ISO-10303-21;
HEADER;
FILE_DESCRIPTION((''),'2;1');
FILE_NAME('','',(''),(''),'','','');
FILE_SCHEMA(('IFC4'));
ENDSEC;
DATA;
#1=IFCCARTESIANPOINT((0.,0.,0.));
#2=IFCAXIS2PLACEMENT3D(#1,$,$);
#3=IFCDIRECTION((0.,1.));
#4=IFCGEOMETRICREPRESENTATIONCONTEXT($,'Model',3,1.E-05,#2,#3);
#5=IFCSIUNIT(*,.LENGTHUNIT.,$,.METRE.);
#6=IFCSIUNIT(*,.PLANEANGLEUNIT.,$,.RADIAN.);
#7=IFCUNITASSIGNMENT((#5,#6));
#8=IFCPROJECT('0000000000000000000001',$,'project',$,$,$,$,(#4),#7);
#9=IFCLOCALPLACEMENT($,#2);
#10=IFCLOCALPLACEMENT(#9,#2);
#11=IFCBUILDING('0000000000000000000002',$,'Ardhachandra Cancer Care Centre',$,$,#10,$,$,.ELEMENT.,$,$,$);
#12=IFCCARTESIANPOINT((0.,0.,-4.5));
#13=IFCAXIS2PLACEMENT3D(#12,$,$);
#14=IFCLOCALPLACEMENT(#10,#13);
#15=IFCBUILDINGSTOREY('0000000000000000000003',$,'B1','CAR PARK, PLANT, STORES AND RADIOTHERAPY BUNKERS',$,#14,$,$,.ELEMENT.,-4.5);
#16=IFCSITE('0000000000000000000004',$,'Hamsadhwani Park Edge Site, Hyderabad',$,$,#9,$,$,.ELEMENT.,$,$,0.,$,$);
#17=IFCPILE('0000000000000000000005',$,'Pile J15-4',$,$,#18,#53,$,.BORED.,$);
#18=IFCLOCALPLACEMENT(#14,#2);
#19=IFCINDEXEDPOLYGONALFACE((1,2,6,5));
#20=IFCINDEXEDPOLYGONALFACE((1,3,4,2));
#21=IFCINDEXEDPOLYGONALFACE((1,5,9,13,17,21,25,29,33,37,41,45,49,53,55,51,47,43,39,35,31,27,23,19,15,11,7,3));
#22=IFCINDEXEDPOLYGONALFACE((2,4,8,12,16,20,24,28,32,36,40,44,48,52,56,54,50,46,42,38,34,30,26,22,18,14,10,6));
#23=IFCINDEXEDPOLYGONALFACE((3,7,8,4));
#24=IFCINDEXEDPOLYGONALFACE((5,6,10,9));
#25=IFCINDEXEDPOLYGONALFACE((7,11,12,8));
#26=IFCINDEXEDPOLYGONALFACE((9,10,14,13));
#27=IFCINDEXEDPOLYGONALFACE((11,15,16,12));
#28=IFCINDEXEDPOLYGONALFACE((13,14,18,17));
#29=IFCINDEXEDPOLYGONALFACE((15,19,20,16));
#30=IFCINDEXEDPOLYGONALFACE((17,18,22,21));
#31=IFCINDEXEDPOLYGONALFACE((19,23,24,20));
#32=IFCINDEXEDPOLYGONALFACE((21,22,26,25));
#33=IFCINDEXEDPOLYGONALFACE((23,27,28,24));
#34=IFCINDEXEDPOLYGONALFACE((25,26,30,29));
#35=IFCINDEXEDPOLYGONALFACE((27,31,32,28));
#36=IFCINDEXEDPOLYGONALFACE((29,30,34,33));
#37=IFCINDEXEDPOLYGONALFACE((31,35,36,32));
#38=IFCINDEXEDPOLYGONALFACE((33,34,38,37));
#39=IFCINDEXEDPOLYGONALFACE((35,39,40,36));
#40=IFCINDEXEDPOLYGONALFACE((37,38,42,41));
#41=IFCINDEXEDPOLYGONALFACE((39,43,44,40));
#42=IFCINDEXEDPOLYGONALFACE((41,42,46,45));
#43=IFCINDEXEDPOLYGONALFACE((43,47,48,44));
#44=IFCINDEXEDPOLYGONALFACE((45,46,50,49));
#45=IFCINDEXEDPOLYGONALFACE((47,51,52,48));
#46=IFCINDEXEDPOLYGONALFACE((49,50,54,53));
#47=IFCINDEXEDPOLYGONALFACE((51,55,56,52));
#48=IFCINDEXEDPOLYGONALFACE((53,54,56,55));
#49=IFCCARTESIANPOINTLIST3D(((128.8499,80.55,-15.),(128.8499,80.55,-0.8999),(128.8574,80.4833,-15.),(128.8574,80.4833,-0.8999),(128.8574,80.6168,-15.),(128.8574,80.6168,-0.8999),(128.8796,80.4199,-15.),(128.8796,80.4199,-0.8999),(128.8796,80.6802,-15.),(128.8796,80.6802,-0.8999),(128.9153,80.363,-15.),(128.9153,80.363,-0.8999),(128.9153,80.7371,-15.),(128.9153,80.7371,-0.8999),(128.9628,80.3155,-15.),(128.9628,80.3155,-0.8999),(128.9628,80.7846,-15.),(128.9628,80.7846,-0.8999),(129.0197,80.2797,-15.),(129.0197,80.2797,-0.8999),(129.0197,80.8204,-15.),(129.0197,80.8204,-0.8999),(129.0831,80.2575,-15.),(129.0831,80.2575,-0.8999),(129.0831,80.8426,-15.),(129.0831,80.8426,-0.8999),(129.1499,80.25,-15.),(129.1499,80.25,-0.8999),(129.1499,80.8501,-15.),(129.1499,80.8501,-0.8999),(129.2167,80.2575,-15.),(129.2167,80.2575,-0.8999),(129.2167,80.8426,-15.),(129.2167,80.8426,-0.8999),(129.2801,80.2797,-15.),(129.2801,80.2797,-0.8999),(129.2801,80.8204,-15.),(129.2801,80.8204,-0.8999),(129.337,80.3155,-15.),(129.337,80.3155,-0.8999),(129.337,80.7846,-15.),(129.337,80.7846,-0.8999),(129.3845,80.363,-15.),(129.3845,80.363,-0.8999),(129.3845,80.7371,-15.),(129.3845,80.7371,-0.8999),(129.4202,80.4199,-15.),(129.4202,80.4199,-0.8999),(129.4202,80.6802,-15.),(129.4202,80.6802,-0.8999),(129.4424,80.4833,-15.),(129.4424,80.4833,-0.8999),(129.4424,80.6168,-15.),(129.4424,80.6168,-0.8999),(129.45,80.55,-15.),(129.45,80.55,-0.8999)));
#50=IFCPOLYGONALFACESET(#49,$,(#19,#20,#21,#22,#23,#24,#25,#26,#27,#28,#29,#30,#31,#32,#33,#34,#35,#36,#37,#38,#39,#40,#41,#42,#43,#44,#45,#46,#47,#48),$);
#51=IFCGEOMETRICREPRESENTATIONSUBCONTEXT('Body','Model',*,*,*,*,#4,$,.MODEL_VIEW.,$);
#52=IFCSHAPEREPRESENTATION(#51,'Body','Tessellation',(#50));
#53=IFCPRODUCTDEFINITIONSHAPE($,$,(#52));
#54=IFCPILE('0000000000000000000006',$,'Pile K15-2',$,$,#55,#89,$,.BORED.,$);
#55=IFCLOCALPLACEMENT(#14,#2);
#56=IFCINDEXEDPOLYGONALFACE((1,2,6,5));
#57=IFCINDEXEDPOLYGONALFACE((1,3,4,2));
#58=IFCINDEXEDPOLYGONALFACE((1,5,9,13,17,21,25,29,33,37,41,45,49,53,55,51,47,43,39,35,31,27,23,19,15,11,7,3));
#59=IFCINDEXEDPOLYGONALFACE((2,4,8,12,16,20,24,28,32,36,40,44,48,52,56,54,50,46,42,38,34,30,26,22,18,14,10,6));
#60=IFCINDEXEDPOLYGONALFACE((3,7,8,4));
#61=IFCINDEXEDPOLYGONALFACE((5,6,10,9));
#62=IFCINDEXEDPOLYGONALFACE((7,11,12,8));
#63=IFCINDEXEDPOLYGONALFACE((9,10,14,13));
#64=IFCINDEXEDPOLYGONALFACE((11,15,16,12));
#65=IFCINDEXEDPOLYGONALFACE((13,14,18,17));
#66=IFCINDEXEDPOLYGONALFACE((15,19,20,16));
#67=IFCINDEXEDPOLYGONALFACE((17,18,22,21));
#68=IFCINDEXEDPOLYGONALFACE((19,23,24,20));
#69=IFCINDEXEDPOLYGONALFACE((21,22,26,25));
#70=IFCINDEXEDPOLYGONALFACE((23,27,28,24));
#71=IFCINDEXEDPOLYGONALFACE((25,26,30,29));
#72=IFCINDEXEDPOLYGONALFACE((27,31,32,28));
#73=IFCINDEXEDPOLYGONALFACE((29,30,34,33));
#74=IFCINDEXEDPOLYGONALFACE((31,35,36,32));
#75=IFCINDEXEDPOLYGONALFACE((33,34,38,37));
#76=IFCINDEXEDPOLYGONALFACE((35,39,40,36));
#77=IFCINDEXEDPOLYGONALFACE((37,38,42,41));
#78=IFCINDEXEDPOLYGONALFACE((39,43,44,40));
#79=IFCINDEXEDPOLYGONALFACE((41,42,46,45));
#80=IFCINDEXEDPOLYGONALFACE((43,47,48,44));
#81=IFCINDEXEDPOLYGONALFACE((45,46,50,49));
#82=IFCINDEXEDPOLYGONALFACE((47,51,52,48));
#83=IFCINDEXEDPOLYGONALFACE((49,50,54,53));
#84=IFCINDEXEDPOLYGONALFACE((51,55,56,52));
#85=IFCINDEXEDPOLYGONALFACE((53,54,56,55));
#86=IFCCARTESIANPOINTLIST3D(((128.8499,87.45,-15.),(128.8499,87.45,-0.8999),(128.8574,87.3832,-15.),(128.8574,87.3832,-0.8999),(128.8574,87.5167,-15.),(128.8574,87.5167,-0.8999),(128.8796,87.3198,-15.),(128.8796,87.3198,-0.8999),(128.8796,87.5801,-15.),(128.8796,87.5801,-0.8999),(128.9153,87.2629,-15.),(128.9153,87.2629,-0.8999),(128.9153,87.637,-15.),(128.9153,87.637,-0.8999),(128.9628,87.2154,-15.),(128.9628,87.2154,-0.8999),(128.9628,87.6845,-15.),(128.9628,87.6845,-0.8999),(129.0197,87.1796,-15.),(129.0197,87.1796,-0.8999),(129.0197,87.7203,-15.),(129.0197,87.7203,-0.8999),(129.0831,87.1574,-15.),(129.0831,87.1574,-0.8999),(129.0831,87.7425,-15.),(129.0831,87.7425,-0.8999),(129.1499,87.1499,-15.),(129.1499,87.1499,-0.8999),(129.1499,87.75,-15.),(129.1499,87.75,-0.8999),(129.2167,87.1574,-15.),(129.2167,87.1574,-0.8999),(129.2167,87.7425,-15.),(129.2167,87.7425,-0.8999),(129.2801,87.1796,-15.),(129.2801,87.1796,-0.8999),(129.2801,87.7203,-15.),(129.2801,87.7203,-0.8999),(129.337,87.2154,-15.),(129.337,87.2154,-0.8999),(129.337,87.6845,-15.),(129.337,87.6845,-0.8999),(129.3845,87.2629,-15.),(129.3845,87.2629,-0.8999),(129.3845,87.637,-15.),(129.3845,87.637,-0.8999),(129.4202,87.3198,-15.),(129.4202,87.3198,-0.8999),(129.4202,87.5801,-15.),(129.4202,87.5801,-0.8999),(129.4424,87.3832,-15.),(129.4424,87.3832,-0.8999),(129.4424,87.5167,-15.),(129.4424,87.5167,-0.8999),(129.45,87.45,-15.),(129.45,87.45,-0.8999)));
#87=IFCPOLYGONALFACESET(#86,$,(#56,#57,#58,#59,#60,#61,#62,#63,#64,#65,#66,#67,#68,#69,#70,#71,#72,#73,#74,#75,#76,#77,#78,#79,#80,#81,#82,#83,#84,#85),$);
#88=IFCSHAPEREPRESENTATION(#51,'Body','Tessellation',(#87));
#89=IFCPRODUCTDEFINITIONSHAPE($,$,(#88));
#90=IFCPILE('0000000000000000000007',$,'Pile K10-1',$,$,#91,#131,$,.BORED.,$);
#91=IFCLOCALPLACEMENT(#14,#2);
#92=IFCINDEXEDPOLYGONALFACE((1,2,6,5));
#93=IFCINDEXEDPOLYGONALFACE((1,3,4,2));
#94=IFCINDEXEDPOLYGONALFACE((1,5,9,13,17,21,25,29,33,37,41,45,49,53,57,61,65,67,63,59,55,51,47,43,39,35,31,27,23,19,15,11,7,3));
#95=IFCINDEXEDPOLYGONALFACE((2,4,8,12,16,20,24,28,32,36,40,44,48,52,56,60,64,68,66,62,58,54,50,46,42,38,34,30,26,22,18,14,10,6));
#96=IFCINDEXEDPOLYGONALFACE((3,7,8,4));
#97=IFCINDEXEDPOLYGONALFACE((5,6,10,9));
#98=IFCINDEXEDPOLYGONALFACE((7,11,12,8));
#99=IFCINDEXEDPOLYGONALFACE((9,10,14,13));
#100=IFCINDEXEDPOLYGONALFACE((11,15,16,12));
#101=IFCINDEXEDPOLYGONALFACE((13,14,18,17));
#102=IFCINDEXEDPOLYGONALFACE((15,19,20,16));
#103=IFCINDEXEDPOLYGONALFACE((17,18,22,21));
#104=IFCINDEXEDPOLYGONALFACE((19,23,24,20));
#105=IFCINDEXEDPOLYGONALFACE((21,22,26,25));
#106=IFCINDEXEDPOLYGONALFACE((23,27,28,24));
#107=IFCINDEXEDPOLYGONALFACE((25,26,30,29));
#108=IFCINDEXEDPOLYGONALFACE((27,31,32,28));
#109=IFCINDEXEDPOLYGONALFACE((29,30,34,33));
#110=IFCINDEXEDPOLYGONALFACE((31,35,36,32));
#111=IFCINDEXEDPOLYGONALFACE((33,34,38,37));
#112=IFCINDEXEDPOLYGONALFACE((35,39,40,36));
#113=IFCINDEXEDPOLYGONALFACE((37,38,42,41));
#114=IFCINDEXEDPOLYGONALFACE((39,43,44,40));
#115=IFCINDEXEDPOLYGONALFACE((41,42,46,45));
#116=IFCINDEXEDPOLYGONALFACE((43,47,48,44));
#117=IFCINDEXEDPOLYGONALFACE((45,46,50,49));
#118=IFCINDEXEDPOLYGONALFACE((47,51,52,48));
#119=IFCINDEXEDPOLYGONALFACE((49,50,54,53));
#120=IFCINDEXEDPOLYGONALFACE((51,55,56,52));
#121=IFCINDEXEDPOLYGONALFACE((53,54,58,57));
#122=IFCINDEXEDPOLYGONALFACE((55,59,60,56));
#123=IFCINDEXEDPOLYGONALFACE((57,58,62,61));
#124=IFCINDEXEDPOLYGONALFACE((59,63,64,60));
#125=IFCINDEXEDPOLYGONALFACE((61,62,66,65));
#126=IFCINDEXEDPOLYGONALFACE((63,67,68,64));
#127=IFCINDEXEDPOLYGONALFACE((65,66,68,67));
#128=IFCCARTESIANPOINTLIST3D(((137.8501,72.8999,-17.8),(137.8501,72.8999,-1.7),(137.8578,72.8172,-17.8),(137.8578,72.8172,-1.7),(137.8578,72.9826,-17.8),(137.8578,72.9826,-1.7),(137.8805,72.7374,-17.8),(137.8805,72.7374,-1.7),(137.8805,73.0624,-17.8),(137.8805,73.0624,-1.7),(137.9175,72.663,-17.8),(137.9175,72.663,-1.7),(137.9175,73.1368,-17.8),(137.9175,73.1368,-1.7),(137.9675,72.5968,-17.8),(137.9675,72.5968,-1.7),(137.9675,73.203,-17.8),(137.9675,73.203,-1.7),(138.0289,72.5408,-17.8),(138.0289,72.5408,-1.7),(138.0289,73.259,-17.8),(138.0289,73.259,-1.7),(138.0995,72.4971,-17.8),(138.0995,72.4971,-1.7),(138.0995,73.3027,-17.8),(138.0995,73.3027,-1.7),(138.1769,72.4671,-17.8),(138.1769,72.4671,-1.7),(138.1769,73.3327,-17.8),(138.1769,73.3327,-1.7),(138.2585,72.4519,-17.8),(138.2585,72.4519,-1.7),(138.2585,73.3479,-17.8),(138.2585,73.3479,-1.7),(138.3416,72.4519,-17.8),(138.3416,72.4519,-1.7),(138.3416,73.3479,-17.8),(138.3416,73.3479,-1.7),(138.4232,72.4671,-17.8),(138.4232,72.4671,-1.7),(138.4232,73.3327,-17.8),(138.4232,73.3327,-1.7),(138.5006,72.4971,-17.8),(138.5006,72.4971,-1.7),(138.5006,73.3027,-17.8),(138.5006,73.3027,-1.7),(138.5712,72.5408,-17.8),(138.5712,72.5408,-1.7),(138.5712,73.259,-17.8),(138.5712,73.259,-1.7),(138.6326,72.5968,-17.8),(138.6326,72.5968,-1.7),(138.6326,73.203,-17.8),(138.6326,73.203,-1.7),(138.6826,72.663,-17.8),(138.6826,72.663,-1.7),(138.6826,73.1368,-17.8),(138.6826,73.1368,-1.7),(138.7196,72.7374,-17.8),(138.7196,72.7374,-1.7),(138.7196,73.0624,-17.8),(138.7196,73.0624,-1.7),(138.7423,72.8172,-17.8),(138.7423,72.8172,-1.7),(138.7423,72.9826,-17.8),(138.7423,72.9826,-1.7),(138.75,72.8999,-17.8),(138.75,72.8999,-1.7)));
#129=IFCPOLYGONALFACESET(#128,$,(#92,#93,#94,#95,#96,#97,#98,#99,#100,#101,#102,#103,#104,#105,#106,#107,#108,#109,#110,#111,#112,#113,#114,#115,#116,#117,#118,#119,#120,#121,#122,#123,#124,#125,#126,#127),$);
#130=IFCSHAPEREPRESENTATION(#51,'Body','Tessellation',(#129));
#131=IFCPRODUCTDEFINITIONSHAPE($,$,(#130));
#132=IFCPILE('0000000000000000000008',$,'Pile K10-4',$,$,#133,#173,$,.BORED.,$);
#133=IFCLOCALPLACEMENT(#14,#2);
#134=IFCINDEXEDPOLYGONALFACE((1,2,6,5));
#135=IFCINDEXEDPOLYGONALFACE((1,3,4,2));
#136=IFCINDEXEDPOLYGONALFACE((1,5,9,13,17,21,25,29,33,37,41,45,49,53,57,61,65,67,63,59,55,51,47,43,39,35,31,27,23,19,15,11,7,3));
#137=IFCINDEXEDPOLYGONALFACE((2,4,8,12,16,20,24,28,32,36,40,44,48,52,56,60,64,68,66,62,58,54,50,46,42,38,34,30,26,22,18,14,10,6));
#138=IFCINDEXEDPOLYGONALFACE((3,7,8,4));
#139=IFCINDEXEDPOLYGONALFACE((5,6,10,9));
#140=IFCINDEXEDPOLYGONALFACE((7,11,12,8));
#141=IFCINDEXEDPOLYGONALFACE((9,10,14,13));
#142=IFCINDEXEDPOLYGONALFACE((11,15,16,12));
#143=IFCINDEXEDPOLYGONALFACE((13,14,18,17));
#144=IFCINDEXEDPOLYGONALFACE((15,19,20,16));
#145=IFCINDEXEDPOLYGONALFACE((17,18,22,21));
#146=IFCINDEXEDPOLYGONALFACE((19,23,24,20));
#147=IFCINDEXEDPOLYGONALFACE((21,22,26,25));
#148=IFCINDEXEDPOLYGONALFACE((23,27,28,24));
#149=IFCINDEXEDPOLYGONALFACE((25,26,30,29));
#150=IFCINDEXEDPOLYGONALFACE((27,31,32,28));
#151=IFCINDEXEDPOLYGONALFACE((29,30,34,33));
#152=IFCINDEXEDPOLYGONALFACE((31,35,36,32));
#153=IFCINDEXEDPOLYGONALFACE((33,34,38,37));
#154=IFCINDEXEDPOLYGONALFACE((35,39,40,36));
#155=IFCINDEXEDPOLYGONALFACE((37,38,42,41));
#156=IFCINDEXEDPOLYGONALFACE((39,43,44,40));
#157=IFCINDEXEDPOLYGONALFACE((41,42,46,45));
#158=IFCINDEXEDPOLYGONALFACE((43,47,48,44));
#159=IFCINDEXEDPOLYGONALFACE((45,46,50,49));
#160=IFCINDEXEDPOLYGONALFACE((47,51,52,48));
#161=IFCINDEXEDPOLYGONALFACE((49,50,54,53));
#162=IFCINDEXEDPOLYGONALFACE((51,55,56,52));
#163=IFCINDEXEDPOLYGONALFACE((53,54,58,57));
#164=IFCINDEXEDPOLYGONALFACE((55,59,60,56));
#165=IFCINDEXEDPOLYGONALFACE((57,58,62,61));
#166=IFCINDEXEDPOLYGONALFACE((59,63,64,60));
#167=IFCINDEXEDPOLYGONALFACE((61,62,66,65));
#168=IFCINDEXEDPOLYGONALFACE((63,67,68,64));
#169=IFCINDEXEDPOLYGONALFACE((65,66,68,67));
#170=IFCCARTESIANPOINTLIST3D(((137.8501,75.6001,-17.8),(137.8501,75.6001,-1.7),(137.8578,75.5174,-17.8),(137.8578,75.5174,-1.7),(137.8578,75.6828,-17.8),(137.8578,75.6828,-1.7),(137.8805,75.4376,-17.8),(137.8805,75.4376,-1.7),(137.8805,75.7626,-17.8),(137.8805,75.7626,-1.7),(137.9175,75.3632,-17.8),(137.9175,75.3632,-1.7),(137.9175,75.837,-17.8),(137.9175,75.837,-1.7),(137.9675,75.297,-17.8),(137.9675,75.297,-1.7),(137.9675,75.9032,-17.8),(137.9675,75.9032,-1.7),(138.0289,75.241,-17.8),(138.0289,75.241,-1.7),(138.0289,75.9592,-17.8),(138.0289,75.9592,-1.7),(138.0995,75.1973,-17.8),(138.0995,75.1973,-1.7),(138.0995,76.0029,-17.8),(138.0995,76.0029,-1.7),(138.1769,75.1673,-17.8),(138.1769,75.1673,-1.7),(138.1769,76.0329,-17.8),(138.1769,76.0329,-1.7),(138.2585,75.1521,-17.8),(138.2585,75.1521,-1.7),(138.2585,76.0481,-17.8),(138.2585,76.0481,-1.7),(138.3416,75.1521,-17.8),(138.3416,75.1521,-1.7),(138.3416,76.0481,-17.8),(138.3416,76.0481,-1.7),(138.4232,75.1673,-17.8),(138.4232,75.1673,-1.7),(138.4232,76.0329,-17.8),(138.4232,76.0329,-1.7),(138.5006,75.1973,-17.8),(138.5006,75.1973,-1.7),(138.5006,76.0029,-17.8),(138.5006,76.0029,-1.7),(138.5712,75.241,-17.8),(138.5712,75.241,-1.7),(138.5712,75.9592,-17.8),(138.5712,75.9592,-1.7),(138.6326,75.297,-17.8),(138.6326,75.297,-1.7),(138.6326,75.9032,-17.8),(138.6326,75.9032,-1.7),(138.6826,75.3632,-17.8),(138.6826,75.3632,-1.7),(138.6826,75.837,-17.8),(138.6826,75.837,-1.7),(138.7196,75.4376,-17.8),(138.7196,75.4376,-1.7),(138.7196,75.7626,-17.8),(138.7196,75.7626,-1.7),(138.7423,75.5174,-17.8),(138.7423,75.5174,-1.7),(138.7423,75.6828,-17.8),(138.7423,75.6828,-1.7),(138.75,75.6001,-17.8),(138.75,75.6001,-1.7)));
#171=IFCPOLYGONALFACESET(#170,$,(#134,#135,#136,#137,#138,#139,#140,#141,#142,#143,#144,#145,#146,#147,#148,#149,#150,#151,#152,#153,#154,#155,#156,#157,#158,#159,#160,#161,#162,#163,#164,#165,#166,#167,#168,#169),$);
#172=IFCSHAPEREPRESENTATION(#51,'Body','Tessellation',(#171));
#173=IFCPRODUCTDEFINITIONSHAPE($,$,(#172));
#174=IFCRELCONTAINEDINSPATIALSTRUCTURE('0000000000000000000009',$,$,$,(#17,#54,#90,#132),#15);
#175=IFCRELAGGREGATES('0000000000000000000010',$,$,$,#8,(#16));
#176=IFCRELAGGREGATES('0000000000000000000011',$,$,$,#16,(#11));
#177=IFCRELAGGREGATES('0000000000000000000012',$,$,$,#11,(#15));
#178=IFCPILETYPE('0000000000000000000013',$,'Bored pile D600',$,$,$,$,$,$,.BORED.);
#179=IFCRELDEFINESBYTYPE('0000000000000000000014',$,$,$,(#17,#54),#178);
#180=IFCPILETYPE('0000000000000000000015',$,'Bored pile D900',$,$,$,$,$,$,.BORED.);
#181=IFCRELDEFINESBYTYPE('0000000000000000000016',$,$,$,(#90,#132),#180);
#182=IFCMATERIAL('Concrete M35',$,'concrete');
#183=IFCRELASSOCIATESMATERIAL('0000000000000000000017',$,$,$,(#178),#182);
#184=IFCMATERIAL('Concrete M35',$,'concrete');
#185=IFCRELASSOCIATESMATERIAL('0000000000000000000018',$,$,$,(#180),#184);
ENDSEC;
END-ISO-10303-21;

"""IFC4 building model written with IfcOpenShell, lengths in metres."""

from ifc_helpers import new_model, si_unit, direction, frame, origin, origin_2d, place, context, subcontext, project, spatial, circle, extrude, material, material_profile, profile_set, type_object, element, save


model = new_model("IFC4")

# Units and contexts
model_context = context("Model", 3, precision=1e-05, world=origin(), true_north=direction((0.0, 1.0)))
body_context = subcontext(model_context, "Body", "Model", "MODEL_VIEW")
ifc_project = project(units=[si_unit("LENGTHUNIT", "METRE"), si_unit("PLANEANGLEUNIT", "RADIAN")], contexts=[model_context])

# Site, building, storey
site_placement = place(None, origin())
site = spatial("IfcSite", under=ifc_project, at=site_placement, Name="Hamsadhwani Park Edge Site, Hyderabad", CompositionType="ELEMENT", RefElevation=0.0)
building_placement = place(site_placement, origin())
building = spatial("IfcBuilding", under=site, at=building_placement, Name="Ardhachandra Cancer Care Centre", CompositionType="ELEMENT")
storey_placement = place(building_placement, frame((0.0, 0.0, -4.5)))
storey = spatial("IfcBuildingStorey", under=building, at=storey_placement, Name="B1", Description="CAR PARK, PLANT, STORES AND RADIOTHERAPY BUNKERS", CompositionType="ELEMENT", Elevation=-4.5)

# Piles
ifc_material_1 = material(Name="Concrete M35", Category="concrete")
ifc_material_profile_1 = material_profile(ifc_material_1, circle(Radius=0.3, at=origin_2d()), Name="D600")
ifc_profile_set_1 = profile_set([ifc_material_profile_1], Name="Concrete M35")
pile_type_1 = type_object("IfcPileType", Name="Bored pile D600", PredefinedType="BORED", material=ifc_profile_set_1)
for number, where, z_axis, x_axis, name in (
    (1, (129.1499, 80.55, -0.8999), (0.0, 0.0, -1.0), (1.0, 0.0, 0.0), "Pile J15-4"),
    (2, (129.1499, 87.45, -0.8999), (0.0, 0.0, -1.0), (1.0, 0.0, 0.0), "Pile K15-2"),
):
    element("IfcPile", number, at=place(storey_placement, frame(where, z_axis=z_axis, x_axis=x_axis)), inside=storey, type_object=pile_type_1, Name=name, PredefinedType="BORED", context=body_context, shape_type="SweptSolid", body=[
        extrude(circle(Radius=0.3, at=origin_2d()), origin(), (0.0, 0.0, 1.0), 14.1001),
    ])
ifc_material_2 = material(Name="Concrete M35", Category="concrete")
ifc_material_profile_2 = material_profile(ifc_material_2, circle(Radius=0.45, at=origin_2d()), Name="D900")
ifc_profile_set_2 = profile_set([ifc_material_profile_2], Name="Concrete M35")
pile_type_2 = type_object("IfcPileType", Name="Bored pile D900", PredefinedType="BORED", material=ifc_profile_set_2)
for number, where, z_axis, x_axis, name in (
    (3, (138.3, 72.8999, -1.7), (0.0, 0.0, -1.0), (1.0, 0.0, 0.0), "Pile K10-1"),
    (4, (138.3, 75.6001, -1.7), (0.0, 0.0, -1.0), (1.0, 0.0, 0.0), "Pile K10-4"),
):
    element("IfcPile", number, at=place(storey_placement, frame(where, z_axis=z_axis, x_axis=x_axis)), inside=storey, type_object=pile_type_2, Name=name, PredefinedType="BORED", context=body_context, shape_type="SweptSolid", body=[
        extrude(circle(Radius=0.45, at=origin_2d()), origin(), (0.0, 0.0, 1.0), 16.1001),
    ])

save(model, "model.ifc")
